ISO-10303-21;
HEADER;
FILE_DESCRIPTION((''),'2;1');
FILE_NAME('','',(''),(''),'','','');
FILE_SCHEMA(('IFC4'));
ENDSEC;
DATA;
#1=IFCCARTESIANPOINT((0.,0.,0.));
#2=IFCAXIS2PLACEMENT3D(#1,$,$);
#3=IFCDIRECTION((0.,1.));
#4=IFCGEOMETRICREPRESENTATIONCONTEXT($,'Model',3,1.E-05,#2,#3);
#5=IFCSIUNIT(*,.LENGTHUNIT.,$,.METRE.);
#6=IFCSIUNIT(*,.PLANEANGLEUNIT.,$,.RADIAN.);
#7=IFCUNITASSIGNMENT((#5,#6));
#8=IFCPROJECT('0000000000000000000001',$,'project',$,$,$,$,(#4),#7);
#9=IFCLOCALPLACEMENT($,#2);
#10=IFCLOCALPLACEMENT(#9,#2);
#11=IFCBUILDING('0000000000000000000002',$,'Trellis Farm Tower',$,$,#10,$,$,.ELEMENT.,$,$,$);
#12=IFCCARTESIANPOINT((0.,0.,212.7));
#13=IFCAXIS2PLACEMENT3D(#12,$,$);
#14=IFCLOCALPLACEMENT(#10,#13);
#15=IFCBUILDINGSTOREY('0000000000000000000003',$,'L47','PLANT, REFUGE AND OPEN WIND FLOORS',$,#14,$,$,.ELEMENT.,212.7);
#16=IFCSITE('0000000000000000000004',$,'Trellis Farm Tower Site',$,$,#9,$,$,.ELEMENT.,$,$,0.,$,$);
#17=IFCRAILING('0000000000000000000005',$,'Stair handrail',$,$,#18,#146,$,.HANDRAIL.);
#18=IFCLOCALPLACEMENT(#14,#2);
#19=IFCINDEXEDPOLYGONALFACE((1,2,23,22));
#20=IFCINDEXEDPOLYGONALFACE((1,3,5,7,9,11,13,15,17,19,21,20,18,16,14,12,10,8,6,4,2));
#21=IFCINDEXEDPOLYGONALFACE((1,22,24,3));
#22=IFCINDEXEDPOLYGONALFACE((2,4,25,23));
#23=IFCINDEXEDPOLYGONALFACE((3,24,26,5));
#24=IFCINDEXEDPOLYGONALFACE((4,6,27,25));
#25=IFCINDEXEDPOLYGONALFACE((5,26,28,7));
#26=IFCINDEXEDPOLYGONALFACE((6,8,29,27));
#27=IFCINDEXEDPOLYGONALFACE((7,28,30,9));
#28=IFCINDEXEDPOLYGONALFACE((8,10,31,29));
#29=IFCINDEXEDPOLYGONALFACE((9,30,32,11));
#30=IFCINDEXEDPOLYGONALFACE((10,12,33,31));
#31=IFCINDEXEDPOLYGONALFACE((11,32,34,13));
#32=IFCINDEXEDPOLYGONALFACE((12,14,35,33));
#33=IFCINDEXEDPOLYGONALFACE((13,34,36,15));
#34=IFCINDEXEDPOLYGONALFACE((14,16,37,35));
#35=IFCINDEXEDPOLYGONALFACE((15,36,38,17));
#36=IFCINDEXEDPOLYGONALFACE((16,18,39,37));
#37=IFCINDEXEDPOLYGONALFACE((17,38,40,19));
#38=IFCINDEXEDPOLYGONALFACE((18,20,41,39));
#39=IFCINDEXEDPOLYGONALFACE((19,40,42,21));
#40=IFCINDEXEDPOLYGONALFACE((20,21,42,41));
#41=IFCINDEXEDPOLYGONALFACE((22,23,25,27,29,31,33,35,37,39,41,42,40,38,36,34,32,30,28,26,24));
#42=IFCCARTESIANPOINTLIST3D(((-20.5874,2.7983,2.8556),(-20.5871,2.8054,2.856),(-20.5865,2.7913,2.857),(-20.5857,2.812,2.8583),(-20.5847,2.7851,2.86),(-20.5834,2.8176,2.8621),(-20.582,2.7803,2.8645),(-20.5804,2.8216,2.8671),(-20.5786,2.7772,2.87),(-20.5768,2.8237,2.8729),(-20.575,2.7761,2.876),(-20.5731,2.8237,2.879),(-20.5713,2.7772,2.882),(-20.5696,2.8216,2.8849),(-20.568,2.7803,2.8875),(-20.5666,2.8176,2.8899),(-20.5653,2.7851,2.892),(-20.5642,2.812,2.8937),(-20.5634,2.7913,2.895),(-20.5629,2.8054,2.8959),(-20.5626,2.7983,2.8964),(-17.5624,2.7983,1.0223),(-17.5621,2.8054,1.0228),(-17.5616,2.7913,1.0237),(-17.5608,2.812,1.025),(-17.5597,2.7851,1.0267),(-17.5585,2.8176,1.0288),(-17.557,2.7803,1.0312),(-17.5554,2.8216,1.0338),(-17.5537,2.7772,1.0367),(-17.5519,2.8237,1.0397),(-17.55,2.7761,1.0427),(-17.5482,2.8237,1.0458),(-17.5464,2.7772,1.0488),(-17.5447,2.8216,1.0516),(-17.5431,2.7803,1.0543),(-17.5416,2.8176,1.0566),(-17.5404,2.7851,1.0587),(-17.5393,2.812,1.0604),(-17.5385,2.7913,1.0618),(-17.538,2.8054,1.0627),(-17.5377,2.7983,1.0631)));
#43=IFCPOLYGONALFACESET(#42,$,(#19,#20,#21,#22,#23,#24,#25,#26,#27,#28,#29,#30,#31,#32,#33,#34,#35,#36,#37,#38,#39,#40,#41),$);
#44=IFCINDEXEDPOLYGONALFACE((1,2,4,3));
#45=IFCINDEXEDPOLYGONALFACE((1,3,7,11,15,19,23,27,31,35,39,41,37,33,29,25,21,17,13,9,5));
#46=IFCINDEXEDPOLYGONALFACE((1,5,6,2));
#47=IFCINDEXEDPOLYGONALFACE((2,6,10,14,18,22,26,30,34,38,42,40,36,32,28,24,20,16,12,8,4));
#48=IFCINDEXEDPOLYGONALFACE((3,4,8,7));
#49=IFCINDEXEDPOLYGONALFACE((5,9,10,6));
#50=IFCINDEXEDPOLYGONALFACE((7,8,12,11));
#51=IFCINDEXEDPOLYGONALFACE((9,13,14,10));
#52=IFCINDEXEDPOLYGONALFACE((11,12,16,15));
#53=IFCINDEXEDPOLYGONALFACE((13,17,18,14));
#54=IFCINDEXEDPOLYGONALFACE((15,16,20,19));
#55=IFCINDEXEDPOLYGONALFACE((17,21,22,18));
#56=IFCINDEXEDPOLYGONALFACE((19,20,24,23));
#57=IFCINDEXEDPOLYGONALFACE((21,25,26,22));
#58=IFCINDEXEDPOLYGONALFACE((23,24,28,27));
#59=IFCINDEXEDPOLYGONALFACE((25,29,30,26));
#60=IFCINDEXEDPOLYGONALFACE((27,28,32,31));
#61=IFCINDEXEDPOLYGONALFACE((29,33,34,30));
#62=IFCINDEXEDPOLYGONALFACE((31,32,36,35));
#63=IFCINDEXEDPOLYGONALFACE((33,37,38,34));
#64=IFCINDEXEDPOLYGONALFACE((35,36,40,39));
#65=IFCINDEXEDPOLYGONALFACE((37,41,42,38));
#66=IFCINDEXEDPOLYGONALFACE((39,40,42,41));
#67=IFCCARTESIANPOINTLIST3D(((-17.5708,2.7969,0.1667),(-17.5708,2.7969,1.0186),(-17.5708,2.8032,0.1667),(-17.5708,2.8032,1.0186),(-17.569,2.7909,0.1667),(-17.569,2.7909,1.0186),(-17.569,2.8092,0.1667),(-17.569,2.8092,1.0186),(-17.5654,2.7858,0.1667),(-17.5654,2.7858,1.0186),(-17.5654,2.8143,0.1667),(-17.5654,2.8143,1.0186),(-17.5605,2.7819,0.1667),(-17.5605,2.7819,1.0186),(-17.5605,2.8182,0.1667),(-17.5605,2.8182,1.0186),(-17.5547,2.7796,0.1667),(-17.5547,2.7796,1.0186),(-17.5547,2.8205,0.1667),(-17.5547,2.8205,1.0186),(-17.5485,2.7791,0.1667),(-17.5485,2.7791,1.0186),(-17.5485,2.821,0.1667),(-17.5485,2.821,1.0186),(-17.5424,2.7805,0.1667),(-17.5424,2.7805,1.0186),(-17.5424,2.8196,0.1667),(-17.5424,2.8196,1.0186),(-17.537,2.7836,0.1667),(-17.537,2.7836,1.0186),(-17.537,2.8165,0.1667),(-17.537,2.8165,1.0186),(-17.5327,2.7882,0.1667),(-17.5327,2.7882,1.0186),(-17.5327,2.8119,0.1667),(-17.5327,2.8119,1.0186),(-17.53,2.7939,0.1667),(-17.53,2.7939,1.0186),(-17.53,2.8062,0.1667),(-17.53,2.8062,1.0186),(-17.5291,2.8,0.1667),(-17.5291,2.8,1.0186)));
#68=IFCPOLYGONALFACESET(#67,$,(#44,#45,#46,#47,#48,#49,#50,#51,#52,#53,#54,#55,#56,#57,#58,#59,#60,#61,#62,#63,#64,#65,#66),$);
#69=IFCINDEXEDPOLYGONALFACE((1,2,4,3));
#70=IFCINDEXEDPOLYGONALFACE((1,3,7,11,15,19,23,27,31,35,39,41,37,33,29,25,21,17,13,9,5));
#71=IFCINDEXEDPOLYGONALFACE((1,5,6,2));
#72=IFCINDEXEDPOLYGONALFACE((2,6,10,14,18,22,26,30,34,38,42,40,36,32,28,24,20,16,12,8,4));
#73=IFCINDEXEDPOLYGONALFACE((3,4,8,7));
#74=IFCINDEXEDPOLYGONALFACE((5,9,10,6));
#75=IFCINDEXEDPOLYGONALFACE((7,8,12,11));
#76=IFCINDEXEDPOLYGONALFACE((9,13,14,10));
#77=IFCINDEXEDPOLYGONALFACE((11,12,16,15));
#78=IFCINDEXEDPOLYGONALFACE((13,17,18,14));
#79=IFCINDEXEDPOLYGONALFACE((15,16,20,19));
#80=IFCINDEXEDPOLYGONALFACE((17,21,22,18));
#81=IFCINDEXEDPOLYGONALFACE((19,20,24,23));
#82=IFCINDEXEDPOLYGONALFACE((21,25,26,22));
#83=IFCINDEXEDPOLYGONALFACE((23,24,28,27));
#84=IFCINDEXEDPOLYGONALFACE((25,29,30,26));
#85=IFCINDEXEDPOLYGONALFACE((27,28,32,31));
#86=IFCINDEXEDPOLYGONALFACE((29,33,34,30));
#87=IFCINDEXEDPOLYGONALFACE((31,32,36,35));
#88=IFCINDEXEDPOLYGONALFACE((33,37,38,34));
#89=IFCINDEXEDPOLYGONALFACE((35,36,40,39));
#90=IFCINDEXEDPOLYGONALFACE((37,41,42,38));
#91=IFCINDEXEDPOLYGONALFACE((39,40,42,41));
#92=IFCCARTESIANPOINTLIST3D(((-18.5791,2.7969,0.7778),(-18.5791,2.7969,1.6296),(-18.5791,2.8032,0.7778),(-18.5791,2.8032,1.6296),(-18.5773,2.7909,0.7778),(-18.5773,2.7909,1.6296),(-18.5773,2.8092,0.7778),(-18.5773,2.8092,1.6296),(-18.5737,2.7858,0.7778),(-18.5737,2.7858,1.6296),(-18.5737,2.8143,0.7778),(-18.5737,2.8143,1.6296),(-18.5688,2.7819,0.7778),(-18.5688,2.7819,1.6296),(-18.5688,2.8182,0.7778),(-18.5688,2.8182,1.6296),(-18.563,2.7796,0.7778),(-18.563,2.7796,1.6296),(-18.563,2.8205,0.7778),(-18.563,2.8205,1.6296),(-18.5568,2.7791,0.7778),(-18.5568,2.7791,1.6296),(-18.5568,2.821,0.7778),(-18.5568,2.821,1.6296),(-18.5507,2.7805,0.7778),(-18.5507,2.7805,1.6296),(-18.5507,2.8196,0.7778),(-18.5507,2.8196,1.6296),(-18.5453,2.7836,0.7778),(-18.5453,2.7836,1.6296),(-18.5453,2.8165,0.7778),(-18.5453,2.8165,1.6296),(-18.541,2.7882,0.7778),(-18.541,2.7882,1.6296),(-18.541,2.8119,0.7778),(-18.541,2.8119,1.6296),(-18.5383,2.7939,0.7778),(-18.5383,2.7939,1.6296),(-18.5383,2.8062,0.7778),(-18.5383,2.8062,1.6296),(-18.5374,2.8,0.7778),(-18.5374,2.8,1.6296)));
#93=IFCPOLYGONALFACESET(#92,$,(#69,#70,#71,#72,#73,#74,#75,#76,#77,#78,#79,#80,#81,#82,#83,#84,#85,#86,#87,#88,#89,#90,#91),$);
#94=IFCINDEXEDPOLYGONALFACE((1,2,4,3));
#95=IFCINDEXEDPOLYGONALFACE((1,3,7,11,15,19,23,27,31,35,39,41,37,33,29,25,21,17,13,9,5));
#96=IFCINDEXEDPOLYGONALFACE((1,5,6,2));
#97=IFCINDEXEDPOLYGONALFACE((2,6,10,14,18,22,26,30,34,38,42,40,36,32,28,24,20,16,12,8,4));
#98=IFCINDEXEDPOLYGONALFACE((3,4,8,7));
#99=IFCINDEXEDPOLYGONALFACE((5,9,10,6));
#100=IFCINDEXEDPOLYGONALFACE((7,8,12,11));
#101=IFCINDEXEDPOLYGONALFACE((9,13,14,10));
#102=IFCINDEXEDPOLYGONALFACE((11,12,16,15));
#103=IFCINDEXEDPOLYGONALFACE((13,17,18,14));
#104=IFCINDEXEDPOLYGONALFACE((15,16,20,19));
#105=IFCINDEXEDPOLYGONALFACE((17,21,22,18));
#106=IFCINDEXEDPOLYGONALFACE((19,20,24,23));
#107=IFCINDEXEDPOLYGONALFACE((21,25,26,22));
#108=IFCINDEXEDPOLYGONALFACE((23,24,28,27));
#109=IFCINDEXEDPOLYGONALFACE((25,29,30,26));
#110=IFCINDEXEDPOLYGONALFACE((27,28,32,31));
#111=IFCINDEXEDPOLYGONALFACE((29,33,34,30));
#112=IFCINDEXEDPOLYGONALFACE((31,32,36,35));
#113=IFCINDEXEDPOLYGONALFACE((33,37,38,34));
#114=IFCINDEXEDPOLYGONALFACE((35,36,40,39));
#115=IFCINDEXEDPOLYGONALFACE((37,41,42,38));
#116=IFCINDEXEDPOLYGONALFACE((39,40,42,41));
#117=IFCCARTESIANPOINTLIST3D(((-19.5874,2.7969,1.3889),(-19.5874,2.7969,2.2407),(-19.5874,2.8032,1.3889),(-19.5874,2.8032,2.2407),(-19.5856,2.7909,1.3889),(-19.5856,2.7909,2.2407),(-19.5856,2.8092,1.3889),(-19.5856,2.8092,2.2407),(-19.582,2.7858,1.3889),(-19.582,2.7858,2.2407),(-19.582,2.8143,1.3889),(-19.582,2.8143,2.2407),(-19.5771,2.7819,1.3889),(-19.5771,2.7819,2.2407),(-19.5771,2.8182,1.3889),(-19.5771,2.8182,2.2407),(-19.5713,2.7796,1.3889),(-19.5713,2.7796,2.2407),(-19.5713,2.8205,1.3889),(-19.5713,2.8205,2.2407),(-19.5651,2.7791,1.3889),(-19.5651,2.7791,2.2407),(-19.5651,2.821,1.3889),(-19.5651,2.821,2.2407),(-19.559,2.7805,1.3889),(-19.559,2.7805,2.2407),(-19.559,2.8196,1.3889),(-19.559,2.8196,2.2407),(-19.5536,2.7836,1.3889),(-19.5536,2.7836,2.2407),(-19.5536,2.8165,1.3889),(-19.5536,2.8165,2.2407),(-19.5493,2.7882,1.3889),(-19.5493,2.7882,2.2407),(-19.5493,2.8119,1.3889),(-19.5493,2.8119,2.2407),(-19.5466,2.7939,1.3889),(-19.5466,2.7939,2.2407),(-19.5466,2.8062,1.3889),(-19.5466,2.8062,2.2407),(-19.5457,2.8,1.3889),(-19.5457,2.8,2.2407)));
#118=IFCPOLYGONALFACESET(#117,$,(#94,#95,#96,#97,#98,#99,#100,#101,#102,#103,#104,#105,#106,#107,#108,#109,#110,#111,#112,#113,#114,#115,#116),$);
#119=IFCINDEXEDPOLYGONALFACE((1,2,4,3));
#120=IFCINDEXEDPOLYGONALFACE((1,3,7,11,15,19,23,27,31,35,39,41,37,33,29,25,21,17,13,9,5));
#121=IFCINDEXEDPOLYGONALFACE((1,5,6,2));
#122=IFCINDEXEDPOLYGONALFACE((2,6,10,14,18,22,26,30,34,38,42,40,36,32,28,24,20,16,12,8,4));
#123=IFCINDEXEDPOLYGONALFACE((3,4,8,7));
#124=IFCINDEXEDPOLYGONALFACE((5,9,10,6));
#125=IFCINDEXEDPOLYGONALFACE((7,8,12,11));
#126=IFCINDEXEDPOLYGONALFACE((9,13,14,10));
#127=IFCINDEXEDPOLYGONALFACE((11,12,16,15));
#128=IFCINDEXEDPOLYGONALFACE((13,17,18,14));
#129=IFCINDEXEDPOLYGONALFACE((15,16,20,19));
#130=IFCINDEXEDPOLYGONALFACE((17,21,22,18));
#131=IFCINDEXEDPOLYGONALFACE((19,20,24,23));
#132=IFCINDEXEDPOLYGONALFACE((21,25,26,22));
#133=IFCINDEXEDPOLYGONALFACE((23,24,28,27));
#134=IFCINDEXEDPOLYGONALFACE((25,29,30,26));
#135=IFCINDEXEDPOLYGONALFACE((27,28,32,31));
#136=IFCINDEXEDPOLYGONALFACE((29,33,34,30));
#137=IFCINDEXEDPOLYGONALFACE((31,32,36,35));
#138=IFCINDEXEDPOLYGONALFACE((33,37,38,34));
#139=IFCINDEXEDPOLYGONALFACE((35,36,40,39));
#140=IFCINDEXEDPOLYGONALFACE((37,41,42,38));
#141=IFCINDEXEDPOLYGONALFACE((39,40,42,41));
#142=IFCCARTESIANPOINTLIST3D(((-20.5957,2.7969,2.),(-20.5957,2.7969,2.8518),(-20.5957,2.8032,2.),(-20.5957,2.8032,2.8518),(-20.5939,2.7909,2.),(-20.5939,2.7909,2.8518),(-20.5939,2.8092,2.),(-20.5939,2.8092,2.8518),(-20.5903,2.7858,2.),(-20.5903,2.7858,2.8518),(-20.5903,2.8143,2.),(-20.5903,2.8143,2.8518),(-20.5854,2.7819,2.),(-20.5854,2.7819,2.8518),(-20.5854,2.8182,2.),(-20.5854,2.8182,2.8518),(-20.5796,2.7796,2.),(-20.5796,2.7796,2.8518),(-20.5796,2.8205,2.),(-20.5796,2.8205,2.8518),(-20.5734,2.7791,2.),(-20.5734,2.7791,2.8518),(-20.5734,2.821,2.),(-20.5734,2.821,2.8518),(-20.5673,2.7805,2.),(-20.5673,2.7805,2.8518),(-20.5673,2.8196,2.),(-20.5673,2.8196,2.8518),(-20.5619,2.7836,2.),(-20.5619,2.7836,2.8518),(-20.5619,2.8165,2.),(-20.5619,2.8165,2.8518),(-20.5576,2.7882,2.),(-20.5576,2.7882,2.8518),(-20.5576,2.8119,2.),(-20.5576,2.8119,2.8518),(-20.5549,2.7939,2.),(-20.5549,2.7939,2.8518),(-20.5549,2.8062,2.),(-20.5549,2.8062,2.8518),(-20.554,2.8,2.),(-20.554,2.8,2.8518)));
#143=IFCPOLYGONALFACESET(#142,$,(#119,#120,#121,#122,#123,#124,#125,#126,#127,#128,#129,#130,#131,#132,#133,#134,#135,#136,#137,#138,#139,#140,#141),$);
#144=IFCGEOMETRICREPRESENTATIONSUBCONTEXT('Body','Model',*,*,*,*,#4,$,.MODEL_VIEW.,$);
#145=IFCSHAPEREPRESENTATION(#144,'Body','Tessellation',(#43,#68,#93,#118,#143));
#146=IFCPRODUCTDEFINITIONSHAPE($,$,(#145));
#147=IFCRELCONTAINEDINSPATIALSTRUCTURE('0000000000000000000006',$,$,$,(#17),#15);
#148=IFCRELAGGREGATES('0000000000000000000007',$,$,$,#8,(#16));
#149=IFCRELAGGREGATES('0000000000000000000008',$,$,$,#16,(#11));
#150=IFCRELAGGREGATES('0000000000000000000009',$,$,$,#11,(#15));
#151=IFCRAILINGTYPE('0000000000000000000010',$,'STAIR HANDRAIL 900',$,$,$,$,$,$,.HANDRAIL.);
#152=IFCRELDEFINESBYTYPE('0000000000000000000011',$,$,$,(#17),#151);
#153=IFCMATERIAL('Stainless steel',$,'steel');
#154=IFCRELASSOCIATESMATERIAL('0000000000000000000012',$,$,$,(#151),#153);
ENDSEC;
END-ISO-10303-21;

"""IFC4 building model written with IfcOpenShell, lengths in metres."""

from ifc_helpers import new_model, si_unit, direction, frame, origin, origin_2d, place, context, subcontext, project, spatial, circle, extrude, source, transform, mapped, material, type_object, element, save


model = new_model("IFC4")

# Units and contexts
model_context = context("Model", 3, precision=1e-05, world=origin(), true_north=direction((0.0, 1.0)))
body_context = subcontext(model_context, "Body", "Model", "MODEL_VIEW")
ifc_project = project(units=[si_unit("LENGTHUNIT", "METRE"), si_unit("PLANEANGLEUNIT", "RADIAN")], contexts=[model_context])

# Site, building, storey
site_placement = place(None, origin())
site = spatial("IfcSite", under=ifc_project, at=site_placement, Name="Trellis Farm Tower Site", CompositionType="ELEMENT", RefElevation=0.0)
building_placement = place(site_placement, origin())
building = spatial("IfcBuilding", under=site, at=building_placement, Name="Trellis Farm Tower", CompositionType="ELEMENT")
storey_placement = place(building_placement, frame((0.0, 0.0, 212.7)))
storey = spatial("IfcBuildingStorey", under=building, at=storey_placement, Name="L47", Description="PLANT, REFUGE AND OPEN WIND FLOORS", CompositionType="ELEMENT", Elevation=212.7)

# Railing
ifc_material_1 = material(Name="Stainless steel", Category="steel")
railing_type_1 = type_object("IfcRailingType", Name="STAIR HANDRAIL 900", PredefinedType="HANDRAIL", material=ifc_material_1)
shared_shape_1 = source(origin(), body_context, "Body", "SweptSolid", [
    extrude(circle(Radius=0.0239, at=origin_2d()), frame((0.0, 0.0, 0.876), z_axis=(-0.855201, 0.0, 0.518297), x_axis=(0.0, -1.0, 0.0)), (0.0, 0.0, 1.0), 3.5371),
    extrude(circle(Radius=0.021, at=origin_2d()), origin(), (0.0, 0.0, 1.0), 0.8518),
    extrude(circle(Radius=0.021, at=origin_2d()), frame((-1.0083, 0.0, 0.6111)), (0.0, 0.0, 1.0), 0.8518),
    extrude(circle(Radius=0.021, at=origin_2d()), frame((-2.0166, 0.0, 1.2222)), (0.0, 0.0, 1.0), 0.8518),
    extrude(circle(Radius=0.021, at=origin_2d()), frame((-3.0249, 0.0, 1.8333)), (0.0, 0.0, 1.0), 0.8518),
])
for number, where, name in (
    (1, (-17.55, 2.8, 0.1667), "Stair handrail"),
):
    element("IfcRailing", number, at=place(storey_placement, frame(where)), inside=storey, type_object=railing_type_1, Name=name, PredefinedType="HANDRAIL", context=body_context, shape_type="MappedRepresentation", body=[
        mapped(shared_shape_1, transform((0.0, 0.0, 0.0))),
    ])

save(model, "model.ifc")
